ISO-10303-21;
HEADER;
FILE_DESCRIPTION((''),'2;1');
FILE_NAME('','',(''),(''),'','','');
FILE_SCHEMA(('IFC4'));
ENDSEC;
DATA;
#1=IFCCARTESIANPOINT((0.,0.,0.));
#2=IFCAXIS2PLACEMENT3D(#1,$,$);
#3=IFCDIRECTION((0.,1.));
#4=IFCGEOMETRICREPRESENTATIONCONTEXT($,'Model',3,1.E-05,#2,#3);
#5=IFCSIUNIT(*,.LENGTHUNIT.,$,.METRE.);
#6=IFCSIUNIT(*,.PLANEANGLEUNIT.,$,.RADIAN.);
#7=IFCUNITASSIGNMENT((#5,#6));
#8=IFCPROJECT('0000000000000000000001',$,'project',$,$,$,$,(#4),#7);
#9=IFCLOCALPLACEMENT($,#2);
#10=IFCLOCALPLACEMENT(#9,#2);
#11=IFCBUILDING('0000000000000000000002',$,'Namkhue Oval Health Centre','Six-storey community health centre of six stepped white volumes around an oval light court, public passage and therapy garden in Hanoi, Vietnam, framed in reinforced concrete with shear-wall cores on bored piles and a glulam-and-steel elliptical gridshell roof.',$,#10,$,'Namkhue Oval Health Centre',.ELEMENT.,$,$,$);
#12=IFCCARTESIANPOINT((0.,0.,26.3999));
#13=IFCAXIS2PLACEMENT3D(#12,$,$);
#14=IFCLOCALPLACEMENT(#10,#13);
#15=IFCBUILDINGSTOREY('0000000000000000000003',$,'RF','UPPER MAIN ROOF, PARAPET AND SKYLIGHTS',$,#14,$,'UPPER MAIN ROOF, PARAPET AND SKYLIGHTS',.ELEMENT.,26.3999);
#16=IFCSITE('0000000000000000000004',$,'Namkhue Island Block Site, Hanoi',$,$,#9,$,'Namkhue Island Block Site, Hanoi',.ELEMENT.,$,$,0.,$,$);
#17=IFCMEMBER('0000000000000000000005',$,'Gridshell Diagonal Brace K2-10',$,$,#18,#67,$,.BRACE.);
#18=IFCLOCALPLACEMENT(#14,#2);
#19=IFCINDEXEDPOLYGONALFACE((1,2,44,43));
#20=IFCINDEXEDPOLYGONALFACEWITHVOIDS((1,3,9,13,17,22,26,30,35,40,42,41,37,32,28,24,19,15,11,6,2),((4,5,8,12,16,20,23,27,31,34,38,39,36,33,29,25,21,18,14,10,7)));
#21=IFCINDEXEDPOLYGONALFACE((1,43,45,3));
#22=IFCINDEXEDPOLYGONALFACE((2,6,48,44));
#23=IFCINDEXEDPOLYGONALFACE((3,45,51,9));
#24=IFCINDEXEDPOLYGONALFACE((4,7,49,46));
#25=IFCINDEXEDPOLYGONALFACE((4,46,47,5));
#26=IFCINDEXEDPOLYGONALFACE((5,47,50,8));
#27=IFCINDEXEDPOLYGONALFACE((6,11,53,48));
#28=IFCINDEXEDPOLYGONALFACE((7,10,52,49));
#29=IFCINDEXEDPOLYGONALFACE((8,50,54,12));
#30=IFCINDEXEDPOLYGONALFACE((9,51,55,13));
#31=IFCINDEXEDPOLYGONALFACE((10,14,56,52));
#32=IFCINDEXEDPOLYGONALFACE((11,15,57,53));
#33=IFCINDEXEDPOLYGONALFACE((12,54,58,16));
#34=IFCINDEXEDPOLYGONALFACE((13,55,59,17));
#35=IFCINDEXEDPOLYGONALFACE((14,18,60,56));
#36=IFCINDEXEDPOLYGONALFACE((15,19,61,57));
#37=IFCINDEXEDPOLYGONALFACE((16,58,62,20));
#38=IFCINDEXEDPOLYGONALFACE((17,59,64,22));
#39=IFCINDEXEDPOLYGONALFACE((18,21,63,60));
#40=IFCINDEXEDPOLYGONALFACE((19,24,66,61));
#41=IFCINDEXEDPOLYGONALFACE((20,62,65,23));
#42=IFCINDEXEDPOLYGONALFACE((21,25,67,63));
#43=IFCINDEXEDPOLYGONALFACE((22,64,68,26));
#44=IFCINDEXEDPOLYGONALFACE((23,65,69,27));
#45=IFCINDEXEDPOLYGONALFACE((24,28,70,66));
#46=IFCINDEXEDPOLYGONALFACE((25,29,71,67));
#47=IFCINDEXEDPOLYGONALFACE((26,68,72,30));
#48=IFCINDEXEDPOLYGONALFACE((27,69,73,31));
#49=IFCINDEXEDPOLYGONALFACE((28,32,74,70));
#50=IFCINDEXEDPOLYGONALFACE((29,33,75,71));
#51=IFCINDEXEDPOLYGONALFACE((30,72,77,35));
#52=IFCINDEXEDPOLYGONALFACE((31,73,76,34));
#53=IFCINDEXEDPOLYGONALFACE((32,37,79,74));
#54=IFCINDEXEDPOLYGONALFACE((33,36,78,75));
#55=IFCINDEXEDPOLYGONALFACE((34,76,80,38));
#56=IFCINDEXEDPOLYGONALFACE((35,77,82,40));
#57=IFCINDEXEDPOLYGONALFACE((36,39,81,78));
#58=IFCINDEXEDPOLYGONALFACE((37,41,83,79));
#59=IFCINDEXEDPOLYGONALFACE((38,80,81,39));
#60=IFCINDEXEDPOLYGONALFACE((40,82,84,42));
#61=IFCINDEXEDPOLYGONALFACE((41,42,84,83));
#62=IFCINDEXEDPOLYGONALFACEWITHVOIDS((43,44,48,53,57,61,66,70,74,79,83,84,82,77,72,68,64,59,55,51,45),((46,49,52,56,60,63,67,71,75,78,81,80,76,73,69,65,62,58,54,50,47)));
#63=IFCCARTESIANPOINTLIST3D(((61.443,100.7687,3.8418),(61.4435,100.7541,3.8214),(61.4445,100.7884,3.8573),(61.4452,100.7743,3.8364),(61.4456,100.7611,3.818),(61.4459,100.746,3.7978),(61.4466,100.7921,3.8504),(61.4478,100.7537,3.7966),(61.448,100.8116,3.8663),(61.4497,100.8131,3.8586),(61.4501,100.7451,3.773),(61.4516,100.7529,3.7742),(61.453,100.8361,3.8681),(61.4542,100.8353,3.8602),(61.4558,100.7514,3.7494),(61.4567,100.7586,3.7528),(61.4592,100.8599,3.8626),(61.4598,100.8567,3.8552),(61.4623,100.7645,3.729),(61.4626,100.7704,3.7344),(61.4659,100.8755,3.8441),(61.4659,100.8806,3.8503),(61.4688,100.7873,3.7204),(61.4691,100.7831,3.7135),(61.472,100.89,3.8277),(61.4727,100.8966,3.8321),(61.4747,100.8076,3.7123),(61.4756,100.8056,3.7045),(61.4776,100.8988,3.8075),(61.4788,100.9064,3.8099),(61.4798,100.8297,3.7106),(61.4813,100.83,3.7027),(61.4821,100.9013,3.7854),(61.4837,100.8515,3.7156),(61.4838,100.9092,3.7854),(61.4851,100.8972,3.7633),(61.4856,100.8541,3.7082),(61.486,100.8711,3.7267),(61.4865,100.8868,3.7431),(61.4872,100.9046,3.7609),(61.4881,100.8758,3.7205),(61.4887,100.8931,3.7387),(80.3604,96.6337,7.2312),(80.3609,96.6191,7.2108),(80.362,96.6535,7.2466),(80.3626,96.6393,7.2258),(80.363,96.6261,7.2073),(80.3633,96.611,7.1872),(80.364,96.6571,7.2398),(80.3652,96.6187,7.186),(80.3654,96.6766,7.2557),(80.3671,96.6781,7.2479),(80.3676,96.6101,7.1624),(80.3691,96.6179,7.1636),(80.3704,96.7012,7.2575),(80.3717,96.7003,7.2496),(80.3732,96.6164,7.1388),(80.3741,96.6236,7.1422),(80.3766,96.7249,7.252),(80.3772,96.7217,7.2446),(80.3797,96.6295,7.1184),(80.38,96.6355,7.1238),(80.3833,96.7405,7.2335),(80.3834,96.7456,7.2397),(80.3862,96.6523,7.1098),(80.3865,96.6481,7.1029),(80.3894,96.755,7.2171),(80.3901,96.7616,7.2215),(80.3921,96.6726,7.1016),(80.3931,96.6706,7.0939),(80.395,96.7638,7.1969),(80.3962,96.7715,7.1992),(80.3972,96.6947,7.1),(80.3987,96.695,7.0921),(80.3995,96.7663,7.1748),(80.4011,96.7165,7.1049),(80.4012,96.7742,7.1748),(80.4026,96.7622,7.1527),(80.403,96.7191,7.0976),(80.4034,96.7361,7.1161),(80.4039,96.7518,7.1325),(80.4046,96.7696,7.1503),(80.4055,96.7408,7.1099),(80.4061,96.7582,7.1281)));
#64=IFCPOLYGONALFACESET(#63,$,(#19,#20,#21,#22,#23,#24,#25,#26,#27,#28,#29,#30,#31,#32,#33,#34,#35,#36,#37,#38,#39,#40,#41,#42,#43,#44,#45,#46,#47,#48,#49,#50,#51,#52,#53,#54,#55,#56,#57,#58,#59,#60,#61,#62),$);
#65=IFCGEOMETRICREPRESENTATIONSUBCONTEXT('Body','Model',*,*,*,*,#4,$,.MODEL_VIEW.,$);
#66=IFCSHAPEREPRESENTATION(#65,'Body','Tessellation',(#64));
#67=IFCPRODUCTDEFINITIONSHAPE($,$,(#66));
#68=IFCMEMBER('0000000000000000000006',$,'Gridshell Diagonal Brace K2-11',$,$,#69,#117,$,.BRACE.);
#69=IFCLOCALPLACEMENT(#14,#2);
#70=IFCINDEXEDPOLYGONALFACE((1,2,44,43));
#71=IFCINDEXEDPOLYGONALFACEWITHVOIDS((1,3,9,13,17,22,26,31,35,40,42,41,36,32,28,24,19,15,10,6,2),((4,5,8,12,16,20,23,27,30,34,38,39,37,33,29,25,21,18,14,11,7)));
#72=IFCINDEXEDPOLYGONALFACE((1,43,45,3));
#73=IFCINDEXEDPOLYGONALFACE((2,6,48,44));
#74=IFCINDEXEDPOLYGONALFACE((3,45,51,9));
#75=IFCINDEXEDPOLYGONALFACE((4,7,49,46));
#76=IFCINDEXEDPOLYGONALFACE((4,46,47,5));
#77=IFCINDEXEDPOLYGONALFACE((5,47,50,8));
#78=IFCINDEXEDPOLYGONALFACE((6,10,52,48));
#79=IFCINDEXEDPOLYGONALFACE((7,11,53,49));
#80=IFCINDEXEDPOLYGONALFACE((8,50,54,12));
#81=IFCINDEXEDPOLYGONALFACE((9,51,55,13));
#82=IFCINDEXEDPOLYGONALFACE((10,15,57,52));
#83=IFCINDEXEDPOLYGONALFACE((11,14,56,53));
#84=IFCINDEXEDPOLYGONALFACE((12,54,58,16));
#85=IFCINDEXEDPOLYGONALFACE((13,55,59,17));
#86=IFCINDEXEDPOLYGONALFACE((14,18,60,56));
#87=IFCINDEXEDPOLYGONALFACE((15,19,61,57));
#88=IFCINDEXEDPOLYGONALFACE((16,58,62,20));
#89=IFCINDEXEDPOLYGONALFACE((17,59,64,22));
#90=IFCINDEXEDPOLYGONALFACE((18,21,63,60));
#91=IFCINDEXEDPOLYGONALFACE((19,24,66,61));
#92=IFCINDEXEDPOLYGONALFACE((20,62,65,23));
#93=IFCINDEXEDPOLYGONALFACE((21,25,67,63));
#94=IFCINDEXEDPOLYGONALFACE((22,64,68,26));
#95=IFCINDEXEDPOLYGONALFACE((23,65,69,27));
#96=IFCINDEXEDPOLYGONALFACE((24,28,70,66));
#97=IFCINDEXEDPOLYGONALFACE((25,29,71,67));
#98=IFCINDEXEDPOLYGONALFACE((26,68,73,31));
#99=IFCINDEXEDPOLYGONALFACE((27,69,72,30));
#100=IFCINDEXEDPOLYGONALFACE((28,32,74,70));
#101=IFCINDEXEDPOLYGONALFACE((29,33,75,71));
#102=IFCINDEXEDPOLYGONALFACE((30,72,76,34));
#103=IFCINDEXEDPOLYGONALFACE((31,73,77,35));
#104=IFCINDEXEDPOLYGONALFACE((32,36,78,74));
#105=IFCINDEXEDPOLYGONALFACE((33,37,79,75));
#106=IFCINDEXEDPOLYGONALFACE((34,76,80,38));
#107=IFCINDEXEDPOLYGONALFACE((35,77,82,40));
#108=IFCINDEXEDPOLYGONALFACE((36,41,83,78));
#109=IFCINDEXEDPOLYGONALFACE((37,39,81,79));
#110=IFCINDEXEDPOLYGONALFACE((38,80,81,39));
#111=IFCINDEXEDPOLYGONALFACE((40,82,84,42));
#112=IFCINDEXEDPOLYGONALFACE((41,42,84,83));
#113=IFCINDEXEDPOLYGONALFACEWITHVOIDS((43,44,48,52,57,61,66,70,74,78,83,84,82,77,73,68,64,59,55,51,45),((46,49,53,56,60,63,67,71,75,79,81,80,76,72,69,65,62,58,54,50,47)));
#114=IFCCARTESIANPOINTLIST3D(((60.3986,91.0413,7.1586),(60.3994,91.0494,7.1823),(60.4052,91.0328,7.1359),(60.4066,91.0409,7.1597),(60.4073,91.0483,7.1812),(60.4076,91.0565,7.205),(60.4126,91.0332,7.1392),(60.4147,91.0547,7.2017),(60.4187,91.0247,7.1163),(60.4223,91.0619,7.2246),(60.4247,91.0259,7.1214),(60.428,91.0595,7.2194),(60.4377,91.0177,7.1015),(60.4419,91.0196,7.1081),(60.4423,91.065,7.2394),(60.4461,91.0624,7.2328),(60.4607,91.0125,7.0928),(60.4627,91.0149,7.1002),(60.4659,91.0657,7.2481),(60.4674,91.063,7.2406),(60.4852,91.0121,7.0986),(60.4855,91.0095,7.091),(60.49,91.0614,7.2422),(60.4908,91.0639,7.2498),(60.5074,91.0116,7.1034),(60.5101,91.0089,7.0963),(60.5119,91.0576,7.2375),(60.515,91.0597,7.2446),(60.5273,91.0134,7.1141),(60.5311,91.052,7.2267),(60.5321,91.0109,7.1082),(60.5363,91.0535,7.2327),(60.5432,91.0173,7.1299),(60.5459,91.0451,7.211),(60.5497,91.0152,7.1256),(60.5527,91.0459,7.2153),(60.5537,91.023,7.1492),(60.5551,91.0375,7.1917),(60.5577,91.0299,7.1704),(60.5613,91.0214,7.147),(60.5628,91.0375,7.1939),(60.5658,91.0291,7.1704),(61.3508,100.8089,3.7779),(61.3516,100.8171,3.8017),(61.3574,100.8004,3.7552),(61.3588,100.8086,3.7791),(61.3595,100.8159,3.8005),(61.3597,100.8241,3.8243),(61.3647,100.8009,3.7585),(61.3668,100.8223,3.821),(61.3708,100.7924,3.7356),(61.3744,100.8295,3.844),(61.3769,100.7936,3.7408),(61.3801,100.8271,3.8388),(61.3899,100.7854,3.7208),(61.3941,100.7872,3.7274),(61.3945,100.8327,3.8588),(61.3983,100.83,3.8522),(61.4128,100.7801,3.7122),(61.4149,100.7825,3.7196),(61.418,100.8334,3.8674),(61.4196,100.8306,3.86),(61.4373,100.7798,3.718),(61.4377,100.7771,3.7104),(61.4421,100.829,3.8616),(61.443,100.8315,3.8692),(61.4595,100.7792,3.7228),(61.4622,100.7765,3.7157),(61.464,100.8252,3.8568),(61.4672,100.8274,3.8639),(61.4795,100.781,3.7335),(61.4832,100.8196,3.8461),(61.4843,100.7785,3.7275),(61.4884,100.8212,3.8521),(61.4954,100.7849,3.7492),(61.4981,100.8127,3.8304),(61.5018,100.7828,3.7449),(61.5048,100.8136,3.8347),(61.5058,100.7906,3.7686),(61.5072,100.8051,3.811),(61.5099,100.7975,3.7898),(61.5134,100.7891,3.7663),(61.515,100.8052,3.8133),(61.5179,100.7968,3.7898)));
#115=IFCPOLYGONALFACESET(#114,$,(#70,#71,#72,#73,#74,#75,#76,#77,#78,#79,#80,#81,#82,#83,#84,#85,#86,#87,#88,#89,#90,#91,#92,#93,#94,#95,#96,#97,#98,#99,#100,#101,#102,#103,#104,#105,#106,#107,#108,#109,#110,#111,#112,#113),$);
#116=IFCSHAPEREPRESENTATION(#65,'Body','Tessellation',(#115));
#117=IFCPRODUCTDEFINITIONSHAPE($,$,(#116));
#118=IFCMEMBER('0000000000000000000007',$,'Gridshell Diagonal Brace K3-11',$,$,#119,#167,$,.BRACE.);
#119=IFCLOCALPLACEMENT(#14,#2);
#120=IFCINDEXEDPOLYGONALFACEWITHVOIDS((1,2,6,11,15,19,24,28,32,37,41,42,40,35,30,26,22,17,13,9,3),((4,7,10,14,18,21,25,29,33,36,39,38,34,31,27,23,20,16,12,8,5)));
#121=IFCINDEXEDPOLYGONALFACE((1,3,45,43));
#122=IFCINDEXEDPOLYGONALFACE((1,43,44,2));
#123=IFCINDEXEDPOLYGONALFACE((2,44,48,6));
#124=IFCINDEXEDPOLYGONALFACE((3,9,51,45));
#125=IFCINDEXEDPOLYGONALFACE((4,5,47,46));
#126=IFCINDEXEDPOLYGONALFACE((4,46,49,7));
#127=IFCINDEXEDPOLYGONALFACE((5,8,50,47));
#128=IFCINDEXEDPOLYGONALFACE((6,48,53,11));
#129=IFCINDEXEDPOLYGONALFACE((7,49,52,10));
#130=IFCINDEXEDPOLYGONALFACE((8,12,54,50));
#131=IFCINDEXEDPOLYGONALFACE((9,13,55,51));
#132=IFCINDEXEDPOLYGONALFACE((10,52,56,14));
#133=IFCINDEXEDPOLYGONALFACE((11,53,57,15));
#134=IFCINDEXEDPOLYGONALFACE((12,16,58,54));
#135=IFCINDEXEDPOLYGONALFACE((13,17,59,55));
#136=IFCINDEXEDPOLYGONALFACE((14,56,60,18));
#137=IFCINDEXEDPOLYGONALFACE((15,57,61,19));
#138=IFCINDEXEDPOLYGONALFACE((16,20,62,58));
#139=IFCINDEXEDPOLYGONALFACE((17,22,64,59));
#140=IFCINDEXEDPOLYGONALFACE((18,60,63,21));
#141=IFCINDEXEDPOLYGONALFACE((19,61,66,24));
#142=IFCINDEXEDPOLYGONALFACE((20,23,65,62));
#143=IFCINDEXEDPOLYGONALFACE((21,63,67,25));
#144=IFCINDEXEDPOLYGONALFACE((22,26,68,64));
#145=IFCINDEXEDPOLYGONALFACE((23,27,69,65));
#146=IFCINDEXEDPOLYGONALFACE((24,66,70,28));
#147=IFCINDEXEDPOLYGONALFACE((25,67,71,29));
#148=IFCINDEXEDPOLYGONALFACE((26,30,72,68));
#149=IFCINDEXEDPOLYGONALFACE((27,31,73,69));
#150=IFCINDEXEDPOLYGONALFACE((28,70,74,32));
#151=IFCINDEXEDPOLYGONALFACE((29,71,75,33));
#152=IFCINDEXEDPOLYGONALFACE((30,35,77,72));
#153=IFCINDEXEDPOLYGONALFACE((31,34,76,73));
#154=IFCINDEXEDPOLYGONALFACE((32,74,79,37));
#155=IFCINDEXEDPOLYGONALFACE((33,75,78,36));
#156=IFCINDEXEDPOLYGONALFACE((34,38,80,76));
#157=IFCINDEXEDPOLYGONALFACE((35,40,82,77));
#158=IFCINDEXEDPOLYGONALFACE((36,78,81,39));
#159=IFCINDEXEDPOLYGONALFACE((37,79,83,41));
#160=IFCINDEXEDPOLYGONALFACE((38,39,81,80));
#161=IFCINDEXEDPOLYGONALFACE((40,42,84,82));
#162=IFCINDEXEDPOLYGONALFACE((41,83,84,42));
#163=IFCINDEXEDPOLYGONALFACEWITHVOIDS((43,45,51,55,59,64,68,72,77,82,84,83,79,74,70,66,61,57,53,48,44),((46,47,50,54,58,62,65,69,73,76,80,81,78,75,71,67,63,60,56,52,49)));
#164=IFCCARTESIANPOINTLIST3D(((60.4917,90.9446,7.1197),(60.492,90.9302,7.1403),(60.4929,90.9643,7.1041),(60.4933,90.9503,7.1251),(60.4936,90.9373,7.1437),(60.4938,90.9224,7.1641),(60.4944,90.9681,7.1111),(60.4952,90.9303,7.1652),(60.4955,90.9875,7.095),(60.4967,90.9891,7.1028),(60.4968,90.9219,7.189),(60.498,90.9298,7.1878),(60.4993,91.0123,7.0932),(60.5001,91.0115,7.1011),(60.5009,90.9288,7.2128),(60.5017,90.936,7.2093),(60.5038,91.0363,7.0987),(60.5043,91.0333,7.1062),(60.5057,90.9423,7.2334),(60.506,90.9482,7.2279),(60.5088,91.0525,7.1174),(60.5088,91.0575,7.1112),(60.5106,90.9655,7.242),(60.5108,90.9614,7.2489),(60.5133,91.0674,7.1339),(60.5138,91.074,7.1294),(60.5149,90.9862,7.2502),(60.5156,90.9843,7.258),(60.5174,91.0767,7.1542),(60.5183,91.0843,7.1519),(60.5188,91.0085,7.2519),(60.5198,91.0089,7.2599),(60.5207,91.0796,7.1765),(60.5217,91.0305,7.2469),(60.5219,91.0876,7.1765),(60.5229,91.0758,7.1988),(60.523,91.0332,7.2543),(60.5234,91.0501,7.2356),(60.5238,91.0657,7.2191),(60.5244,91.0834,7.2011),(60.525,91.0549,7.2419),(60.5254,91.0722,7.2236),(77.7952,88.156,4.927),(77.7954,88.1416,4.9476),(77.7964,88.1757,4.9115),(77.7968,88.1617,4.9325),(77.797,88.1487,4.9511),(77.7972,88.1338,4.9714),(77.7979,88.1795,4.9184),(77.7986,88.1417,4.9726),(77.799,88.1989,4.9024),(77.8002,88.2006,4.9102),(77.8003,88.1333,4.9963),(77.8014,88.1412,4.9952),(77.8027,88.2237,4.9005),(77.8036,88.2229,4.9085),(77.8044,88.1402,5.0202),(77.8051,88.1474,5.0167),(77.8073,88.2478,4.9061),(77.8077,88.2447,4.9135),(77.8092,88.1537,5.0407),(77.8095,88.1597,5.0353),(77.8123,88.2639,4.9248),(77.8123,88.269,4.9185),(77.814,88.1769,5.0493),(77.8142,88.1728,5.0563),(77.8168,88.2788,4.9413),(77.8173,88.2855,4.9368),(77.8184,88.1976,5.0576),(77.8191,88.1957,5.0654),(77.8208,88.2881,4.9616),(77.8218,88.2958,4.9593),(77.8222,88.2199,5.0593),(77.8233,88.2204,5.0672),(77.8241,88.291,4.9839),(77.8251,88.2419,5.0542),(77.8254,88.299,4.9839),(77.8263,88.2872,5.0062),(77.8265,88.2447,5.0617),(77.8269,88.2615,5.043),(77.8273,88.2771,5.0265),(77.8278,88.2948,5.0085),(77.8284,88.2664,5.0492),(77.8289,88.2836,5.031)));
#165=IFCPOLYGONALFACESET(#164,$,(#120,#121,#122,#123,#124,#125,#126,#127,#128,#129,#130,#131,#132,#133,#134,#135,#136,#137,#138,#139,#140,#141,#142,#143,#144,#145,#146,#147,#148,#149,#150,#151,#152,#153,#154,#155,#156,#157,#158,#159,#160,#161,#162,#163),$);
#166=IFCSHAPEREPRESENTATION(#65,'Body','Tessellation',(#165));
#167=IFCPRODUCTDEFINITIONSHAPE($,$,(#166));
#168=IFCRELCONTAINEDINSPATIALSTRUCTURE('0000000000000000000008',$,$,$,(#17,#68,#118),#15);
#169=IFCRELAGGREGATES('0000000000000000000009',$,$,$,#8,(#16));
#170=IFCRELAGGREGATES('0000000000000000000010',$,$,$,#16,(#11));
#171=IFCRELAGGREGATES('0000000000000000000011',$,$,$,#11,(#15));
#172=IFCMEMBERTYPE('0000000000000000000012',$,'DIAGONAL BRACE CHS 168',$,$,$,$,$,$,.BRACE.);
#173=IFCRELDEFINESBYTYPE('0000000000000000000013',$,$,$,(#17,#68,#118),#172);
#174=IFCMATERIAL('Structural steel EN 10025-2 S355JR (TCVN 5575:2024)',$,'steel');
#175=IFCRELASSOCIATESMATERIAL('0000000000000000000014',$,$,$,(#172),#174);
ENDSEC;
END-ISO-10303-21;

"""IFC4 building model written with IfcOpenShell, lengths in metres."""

from ifc_helpers import new_model, si_unit, direction, frame, origin, origin_2d, place, context, subcontext, project, spatial, hollow_circle, extrude, material, material_profile, profile_set, type_object, element, save


model = new_model("IFC4")

# Units and contexts
model_context = context("Model", 3, precision=1e-05, world=origin(), true_north=direction((0.0, 1.0)))
body_context = subcontext(model_context, "Body", "Model", "MODEL_VIEW")
ifc_project = project(units=[si_unit("LENGTHUNIT", "METRE"), si_unit("PLANEANGLEUNIT", "RADIAN")], contexts=[model_context])

# Site, building, storey
site_placement = place(None, origin())
site = spatial("IfcSite", under=ifc_project, at=site_placement, Name="Namkhue Island Block Site, Hanoi", LongName="Namkhue Island Block Site, Hanoi", CompositionType="ELEMENT", RefElevation=0.0)
building_placement = place(site_placement, origin())
building = spatial("IfcBuilding", under=site, at=building_placement, Name="Namkhue Oval Health Centre", Description="Six-storey community health centre of six stepped white volumes around an oval light court, public passage and therapy garden in Hanoi, Vietnam, framed in reinforced concrete with shear-wall cores on bored piles and a glulam-and-steel elliptical gridshell roof.", LongName="Namkhue Oval Health Centre", CompositionType="ELEMENT")
storey_placement = place(building_placement, frame((0.0, 0.0, 26.3999)))
storey = spatial("IfcBuildingStorey", under=building, at=storey_placement, Name="RF", Description="UPPER MAIN ROOF, PARAPET AND SKYLIGHTS", LongName="UPPER MAIN ROOF, PARAPET AND SKYLIGHTS", CompositionType="ELEMENT", Elevation=26.3999)

# Members
ifc_material_1 = material(Name="Structural steel EN 10025-2 S355JR (TCVN 5575:2024)", Category="steel")
ifc_material_profile_1 = material_profile(ifc_material_1, hollow_circle(Radius=0.0842, WallThickness=0.0081, at=origin_2d()), Name="CHS 168.3x8")
ifc_profile_set_1 = profile_set([ifc_material_profile_1], Name="Structural steel EN 10025-2 S355JR (TCVN 5575:2024)")
member_type_1 = type_object("IfcMemberType", Name="DIAGONAL BRACE CHS 168", PredefinedType="BRACE", material=ifc_profile_set_1)
member_1_placement = place(storey_placement, frame((61.4658, 100.8269, 3.7854), z_axis=(0.962304, -0.210342, 0.172414), x_axis=(0.21354, 0.976934, 0.0)))
element("IfcMember", 1, at=member_1_placement, inside=storey, type_object=member_type_1, Name="Gridshell Diagonal Brace K2-10", PredefinedType="BRACE", context=body_context, shape_type="SweptSolid", body=[
    extrude(hollow_circle(Radius=0.0842, WallThickness=0.0081, at=origin_2d()), origin(), (0.0, 0.0, 1.0), 19.6584),
])
member_2_placement = place(storey_placement, frame((61.4341, 100.8049, 3.7898), z_axis=(-0.091731, -0.941016, 0.325691), x_axis=(0.995282, -0.097021, 0.0)))
element("IfcMember", 2, at=member_2_placement, inside=storey, type_object=member_type_1, Name="Gridshell Diagonal Brace K2-11", PredefinedType="BRACE", context=body_context, shape_type="SweptSolid", body=[
    extrude(hollow_circle(Radius=0.0842, WallThickness=0.0081, at=origin_2d()), origin(), (0.0, 0.0, 1.0), 10.3799),
])
member_3_placement = place(storey_placement, frame((60.5085, 91.0044, 7.1765), z_axis=(0.979626, -0.157874, -0.124134), x_axis=(0.159104, 0.987262, 0.0)))
element("IfcMember", 3, at=member_3_placement, inside=storey, type_object=member_type_1, Name="Gridshell Diagonal Brace K3-11", PredefinedType="BRACE", context=body_context, shape_type="SweptSolid", body=[
    extrude(hollow_circle(Radius=0.0842, WallThickness=0.0081, at=origin_2d()), origin(), (0.0, 0.0, 1.0), 17.6633),
])

save(model, "model.ifc")
